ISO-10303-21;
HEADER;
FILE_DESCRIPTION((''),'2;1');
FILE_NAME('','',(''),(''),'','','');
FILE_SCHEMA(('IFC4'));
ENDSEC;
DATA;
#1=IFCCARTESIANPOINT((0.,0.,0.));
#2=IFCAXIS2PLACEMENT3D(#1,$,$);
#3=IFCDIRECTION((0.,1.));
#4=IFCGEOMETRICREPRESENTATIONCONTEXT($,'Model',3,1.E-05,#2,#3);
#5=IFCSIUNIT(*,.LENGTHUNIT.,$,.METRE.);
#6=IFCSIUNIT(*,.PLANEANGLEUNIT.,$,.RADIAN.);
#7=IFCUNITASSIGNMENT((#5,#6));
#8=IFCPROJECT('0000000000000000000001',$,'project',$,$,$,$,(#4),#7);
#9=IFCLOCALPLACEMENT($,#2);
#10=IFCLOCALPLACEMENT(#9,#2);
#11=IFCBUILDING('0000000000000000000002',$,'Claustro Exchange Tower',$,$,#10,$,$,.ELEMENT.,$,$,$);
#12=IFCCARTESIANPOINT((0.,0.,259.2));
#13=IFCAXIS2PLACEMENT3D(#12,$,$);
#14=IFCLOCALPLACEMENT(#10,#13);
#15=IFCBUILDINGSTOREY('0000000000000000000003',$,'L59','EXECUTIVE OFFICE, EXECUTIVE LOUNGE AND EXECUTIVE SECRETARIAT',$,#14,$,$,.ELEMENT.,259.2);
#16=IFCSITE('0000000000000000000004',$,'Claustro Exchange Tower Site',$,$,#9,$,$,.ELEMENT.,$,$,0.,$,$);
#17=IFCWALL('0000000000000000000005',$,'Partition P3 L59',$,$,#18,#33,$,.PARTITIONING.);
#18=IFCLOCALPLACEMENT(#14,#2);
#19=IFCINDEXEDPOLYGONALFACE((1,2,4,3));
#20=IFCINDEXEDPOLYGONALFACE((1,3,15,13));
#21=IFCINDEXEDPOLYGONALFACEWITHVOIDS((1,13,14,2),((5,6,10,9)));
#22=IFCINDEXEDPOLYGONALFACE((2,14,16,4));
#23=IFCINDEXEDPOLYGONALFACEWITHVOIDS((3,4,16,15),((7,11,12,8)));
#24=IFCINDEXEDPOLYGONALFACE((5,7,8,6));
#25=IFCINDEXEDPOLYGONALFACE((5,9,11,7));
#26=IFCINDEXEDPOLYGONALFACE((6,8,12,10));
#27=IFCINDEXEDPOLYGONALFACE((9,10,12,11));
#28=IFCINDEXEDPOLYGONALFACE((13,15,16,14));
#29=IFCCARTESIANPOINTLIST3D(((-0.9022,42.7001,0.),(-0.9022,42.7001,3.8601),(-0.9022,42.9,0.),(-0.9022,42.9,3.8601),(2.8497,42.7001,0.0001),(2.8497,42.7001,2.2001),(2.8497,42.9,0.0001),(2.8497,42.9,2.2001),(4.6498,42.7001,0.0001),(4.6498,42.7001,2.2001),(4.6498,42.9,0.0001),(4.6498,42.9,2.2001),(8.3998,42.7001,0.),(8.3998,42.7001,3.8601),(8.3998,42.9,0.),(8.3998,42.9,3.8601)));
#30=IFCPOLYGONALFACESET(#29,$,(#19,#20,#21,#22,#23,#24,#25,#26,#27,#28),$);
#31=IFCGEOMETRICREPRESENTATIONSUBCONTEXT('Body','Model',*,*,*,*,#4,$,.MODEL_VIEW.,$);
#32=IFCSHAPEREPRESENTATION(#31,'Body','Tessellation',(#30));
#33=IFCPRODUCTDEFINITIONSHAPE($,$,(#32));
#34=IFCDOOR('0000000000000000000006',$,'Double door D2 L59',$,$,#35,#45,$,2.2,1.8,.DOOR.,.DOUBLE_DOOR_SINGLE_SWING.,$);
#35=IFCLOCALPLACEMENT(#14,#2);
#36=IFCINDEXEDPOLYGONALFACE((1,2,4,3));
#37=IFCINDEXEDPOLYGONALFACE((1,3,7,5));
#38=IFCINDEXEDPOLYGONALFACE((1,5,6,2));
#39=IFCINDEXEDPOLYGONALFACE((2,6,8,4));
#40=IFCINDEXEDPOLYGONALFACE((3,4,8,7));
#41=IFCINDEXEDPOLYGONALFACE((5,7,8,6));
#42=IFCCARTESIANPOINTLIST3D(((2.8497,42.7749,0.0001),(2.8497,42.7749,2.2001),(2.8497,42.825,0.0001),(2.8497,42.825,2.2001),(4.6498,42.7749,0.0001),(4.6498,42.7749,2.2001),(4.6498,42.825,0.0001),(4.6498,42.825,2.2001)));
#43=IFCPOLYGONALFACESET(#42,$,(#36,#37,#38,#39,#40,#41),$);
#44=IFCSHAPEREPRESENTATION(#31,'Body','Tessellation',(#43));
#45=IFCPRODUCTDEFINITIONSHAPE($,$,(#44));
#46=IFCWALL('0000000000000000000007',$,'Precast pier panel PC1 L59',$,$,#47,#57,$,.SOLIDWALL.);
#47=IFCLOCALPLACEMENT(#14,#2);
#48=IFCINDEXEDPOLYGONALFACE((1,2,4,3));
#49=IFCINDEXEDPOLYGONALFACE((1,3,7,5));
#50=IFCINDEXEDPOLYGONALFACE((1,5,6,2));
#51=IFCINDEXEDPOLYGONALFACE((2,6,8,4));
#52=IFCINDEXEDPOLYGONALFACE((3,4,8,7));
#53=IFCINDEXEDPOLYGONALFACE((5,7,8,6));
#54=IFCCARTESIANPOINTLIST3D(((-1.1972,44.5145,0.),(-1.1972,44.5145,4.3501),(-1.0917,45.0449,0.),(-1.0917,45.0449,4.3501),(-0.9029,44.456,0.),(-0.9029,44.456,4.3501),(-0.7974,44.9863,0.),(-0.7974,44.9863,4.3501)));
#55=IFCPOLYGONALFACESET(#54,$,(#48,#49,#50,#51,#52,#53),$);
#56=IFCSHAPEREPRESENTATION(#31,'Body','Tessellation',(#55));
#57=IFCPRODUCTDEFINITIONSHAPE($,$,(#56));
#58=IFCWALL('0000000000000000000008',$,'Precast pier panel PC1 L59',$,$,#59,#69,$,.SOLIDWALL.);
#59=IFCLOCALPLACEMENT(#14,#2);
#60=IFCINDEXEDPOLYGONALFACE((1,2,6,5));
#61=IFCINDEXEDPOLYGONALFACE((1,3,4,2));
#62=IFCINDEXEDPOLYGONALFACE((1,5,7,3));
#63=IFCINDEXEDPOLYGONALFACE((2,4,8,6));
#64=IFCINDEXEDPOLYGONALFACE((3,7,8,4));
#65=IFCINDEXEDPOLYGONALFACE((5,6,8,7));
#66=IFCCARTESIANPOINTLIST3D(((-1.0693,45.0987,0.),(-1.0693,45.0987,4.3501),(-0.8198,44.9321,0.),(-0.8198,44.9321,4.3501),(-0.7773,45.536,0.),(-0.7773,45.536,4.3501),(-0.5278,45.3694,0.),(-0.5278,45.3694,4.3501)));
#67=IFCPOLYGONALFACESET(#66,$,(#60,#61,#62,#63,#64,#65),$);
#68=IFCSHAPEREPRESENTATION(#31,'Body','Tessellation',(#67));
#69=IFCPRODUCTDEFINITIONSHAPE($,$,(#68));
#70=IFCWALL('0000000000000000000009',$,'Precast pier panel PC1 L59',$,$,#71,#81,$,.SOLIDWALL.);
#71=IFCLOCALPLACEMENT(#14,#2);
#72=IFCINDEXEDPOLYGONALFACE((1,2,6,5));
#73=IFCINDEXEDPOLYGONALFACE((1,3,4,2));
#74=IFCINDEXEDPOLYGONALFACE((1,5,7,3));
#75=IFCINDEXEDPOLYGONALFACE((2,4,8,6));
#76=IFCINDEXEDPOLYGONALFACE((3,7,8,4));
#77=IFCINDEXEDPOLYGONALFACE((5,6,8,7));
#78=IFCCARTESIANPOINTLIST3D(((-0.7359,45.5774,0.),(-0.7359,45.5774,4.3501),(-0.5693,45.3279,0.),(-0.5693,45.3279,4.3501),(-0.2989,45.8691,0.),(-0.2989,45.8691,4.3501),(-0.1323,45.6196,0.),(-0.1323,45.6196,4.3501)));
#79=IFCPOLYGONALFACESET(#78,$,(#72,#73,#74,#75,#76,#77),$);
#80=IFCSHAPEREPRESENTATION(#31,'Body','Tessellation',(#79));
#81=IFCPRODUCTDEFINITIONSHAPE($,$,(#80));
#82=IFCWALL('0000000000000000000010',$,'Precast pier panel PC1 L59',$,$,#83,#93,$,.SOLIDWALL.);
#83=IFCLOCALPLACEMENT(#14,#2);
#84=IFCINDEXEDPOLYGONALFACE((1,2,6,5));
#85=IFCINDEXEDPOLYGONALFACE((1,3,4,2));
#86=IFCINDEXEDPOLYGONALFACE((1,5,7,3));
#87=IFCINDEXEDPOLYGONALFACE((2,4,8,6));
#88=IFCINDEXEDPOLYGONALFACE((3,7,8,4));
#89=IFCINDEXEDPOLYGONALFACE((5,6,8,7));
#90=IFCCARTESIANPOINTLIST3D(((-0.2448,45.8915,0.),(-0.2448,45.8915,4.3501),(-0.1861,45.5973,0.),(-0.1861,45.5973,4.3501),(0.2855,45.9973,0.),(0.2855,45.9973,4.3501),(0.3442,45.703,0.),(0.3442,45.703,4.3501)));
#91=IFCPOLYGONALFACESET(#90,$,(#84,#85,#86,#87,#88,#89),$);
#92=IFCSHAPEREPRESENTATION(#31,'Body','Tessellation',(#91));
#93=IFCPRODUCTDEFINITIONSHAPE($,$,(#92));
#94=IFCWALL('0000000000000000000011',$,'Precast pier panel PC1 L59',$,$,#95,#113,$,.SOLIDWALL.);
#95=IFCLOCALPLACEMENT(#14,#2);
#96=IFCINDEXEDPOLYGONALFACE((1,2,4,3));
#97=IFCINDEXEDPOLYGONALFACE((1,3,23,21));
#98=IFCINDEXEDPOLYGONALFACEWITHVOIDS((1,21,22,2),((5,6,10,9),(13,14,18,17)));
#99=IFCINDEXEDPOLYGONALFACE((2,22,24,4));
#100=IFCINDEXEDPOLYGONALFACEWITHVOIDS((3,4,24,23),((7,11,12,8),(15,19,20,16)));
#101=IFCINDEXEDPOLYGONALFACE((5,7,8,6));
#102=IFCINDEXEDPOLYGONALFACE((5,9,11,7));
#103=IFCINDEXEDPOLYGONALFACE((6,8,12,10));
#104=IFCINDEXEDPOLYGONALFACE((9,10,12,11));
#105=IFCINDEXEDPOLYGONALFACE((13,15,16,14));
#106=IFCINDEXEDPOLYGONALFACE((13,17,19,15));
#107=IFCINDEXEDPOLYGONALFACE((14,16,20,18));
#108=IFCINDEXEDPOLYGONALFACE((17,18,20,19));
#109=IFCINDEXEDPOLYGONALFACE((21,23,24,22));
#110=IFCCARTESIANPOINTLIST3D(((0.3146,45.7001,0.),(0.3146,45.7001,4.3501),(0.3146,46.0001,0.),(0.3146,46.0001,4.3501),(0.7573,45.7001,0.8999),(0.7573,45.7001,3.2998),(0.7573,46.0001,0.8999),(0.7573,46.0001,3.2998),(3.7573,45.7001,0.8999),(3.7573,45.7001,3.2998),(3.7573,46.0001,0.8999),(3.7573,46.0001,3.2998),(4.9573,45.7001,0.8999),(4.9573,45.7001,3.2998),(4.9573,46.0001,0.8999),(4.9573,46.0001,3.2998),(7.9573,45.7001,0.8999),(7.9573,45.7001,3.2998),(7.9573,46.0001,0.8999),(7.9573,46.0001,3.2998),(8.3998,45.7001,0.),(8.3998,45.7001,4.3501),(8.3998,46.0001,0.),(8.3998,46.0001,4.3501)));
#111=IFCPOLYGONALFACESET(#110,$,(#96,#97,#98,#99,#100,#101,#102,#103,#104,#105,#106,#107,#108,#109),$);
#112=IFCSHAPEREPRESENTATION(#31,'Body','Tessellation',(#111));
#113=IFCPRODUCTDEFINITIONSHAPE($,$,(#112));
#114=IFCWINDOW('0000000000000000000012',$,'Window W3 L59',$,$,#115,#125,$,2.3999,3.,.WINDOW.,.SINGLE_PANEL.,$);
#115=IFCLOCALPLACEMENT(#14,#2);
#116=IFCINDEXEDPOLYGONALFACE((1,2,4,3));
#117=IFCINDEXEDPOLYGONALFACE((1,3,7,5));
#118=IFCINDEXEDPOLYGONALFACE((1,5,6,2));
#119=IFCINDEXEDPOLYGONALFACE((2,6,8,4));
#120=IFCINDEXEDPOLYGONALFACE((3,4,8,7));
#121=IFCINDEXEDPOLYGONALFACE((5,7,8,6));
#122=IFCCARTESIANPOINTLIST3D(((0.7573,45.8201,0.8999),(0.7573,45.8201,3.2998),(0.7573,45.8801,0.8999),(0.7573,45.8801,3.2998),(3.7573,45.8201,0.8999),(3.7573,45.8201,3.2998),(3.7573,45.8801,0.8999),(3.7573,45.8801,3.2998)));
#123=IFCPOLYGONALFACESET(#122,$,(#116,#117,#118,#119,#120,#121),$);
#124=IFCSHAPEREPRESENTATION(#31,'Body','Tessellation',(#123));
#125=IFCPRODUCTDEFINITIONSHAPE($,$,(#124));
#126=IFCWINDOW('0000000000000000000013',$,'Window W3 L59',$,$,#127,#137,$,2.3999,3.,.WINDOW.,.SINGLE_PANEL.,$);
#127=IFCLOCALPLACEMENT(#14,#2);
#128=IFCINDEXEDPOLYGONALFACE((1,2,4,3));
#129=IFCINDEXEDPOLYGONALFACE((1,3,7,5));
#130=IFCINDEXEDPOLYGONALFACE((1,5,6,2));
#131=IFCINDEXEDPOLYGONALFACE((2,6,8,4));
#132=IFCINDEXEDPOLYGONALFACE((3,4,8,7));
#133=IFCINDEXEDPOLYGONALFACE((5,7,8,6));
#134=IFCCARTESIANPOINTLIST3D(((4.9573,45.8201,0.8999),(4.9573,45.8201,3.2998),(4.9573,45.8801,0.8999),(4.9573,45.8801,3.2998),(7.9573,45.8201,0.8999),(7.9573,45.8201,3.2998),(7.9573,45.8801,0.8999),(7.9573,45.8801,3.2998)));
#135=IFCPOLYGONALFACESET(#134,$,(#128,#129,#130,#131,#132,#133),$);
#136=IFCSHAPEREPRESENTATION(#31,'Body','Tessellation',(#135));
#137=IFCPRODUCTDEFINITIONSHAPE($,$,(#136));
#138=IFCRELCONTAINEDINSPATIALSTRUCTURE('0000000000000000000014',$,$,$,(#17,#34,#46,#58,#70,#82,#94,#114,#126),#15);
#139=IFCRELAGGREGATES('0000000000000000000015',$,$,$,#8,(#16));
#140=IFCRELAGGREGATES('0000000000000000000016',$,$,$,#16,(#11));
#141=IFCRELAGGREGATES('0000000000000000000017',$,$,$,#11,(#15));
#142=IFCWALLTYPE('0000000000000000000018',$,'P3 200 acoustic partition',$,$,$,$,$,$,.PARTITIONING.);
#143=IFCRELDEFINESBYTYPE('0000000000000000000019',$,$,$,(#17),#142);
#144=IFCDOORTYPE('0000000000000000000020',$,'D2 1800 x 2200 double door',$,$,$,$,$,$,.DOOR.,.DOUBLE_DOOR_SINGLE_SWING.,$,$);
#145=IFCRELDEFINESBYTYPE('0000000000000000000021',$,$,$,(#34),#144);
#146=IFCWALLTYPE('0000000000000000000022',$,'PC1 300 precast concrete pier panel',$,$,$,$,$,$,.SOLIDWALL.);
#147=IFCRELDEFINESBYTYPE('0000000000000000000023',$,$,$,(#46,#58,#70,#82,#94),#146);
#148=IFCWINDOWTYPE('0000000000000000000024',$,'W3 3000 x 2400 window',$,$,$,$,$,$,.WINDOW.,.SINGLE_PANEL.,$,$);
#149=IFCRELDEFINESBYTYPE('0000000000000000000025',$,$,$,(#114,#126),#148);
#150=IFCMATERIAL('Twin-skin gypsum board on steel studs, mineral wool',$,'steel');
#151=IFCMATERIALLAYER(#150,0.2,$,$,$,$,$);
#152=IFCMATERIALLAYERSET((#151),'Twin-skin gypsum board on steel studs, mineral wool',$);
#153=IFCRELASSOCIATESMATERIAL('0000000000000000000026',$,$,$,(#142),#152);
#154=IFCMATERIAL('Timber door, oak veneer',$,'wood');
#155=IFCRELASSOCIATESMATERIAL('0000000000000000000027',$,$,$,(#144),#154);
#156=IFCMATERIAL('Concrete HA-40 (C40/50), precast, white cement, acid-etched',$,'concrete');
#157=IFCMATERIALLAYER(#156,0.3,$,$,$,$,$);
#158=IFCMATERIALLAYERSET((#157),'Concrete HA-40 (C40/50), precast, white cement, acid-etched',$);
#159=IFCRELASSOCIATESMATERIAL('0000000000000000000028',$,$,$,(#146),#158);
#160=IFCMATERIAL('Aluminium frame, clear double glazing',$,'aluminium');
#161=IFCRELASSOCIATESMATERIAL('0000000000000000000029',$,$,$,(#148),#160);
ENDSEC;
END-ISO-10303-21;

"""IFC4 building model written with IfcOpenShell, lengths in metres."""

from ifc_helpers import new_model, si_unit, direction, frame, frame_2d, origin, place, context, subcontext, project, spatial, rectangle, extrude, material, layer, layer_set, type_object, element, fill, save


model = new_model("IFC4")

# Units and contexts
model_context = context("Model", 3, precision=1e-05, world=origin(), true_north=direction((0.0, 1.0)))
body_context = subcontext(model_context, "Body", "Model", "MODEL_VIEW")
ifc_project = project(units=[si_unit("LENGTHUNIT", "METRE"), si_unit("PLANEANGLEUNIT", "RADIAN")], contexts=[model_context])

# Site, building, storey
site_placement = place(None, origin())
site = spatial("IfcSite", under=ifc_project, at=site_placement, Name="Claustro Exchange Tower Site", CompositionType="ELEMENT", RefElevation=0.0)
building_placement = place(site_placement, origin())
building = spatial("IfcBuilding", under=site, at=building_placement, Name="Claustro Exchange Tower", CompositionType="ELEMENT")
storey_placement = place(building_placement, frame((0.0, 0.0, 259.2)))
storey = spatial("IfcBuildingStorey", under=building, at=storey_placement, Name="L59", Description="EXECUTIVE OFFICE, EXECUTIVE LOUNGE AND EXECUTIVE SECRETARIAT", CompositionType="ELEMENT", Elevation=259.2)

# Wall, opening, door
ifc_material_1 = material(Name="Twin-skin gypsum board on steel studs, mineral wool", Category="steel")
ifc_layer_1 = layer(ifc_material_1, 0.2)
ifc_layer_set_1 = layer_set([ifc_layer_1], Name="Twin-skin gypsum board on steel studs, mineral wool")
wall_type_1 = type_object("IfcWallType", Name="P3 200 acoustic partition", PredefinedType="PARTITIONING", material=ifc_layer_set_1)
wall_1_placement = place(storey_placement, frame((-0.9021, 42.8, 0.0), z_axis=(0.0, 0.0, 1.0), x_axis=(1.0, 0.0, 0.0)))
wall_1 = element("IfcWall", 1, at=wall_1_placement, inside=storey, type_object=wall_type_1, Name="Partition P3 L59", PredefinedType="PARTITIONING", context=body_context, shape_type="SweptSolid", body=[
    extrude(rectangle(XDim=9.302, YDim=0.2, at=frame_2d((4.6509, 0.0))), origin(), (0.0, 0.0, 1.0), 3.8601),
])
opening_1_placement = place(wall_1_placement, frame((3.752, 0.0, 0.0)))
opening_1 = element("IfcOpeningElement", 2, at=opening_1_placement, cuts=wall_1, PredefinedType="OPENING", context=body_context, shape_type="SweptSolid", body=[
    extrude(rectangle(XDim=1.8, YDim=2.2, at=frame_2d((0.8999, 1.1001))), frame((0.0, 0.1099, 0.0), z_axis=(0.0, -1.0, 0.0), x_axis=(1.0, 0.0, 0.0)), (0.0, 0.0, 1.0), 0.22),
])
ifc_material_2 = material(Name="Timber door, oak veneer", Category="wood")
door_type = type_object("IfcDoorType", Name="D2 1800 x 2200 double door", OperationType="DOUBLE_DOOR_SINGLE_SWING", PredefinedType="DOOR", material=ifc_material_2)
door_placement = place(opening_1_placement, origin())
door = element("IfcDoor", 3, at=door_placement, inside=storey, type_object=door_type, Name="Double door D2 L59", OperationType="DOUBLE_DOOR_SINGLE_SWING", OverallHeight=2.2, OverallWidth=1.8, PredefinedType="DOOR", context=body_context, shape_type="SweptSolid", body=[
    extrude(rectangle(XDim=1.8, YDim=2.2, at=frame_2d((0.8999, 1.1001))), frame((0.0, 0.0249, 0.0), z_axis=(0.0, -1.0, 0.0), x_axis=(1.0, 0.0, 0.0)), (0.0, 0.0, 1.0), 0.05),
])
fill(opening_1, door)

# Walls
ifc_material_3 = material(Name="Concrete HA-40 (C40/50), precast, white cement, acid-etched", Category="concrete")
ifc_layer_2 = layer(ifc_material_3, 0.3)
ifc_layer_set_2 = layer_set([ifc_layer_2], Name="Concrete HA-40 (C40/50), precast, white cement, acid-etched")
wall_type_2 = type_object("IfcWallType", Name="PC1 300 precast concrete pier panel", PredefinedType="SOLIDWALL", material=ifc_layer_set_2)
wall_2_placement = place(storey_placement, frame((-1.05, 44.4851, 0.0), z_axis=(0.0, 0.0, 1.0), x_axis=(0.195074, 0.980789, 0.0)))
element("IfcWall", 4, at=wall_2_placement, inside=storey, type_object=wall_type_2, Name="Precast pier panel PC1 L59", PredefinedType="SOLIDWALL", context=body_context, shape_type="SweptSolid", body=[
    extrude(rectangle(XDim=0.5408, YDim=0.3, at=frame_2d((0.2705, 0.0))), origin(), (0.0, 0.0, 1.0), 4.3501),
])
wall_3_placement = place(storey_placement, frame((-0.9446, 45.0154, 0.0), z_axis=(0.0, 0.0, 1.0), x_axis=(0.555343, 0.831621, 0.0)))
element("IfcWall", 5, at=wall_3_placement, inside=storey, type_object=wall_type_2, Name="Precast pier panel PC1 L59", PredefinedType="SOLIDWALL", context=body_context, shape_type="SweptSolid", body=[
    extrude(rectangle(XDim=0.5259, YDim=0.3, at=frame_2d((0.2629, 0.0))), origin(), (0.0, 0.0, 1.0), 4.3501),
])
wall_4_placement = place(storey_placement, frame((-0.6526, 45.4526, 0.0), z_axis=(0.0, 0.0, 1.0), x_axis=(0.831693, 0.555236, 0.0)))
element("IfcWall", 6, at=wall_4_placement, inside=storey, type_object=wall_type_2, Name="Precast pier panel PC1 L59", PredefinedType="SOLIDWALL", context=body_context, shape_type="SweptSolid", body=[
    extrude(rectangle(XDim=0.5254, YDim=0.3, at=frame_2d((0.2627, 0.0))), origin(), (0.0, 0.0, 1.0), 4.3501),
])
wall_5_placement = place(storey_placement, frame((-0.2156, 45.7444, 0.0), z_axis=(0.0, 0.0, 1.0), x_axis=(0.980702, 0.195508, 0.0)))
element("IfcWall", 7, at=wall_5_placement, inside=storey, type_object=wall_type_2, Name="Precast pier panel PC1 L59", PredefinedType="SOLIDWALL", context=body_context, shape_type="SweptSolid", body=[
    extrude(rectangle(XDim=0.5408, YDim=0.3, at=frame_2d((0.2705, 0.0))), origin(), (0.0, 0.0, 1.0), 4.3501),
])

# Wall, openings, windows
wall_6_placement = place(storey_placement, frame((0.3147, 45.8501, 0.0), z_axis=(0.0, 0.0, 1.0), x_axis=(1.0, 0.0, 0.0)))
wall_6 = element("IfcWall", 8, at=wall_6_placement, inside=storey, type_object=wall_type_2, Name="Precast pier panel PC1 L59", PredefinedType="SOLIDWALL", context=body_context, shape_type="SweptSolid", body=[
    extrude(rectangle(XDim=8.0852, YDim=0.3, at=frame_2d((4.0425, 0.0))), origin(), (0.0, 0.0, 1.0), 4.3501),
])
opening_2_placement = place(wall_6_placement, frame((0.4426, 0.0, 0.8999)))
opening_2 = element("IfcOpeningElement", 9, at=opening_2_placement, cuts=wall_6, PredefinedType="OPENING", context=body_context, shape_type="SweptSolid", body=[
    extrude(rectangle(XDim=3.0, YDim=2.3999, at=frame_2d((1.5, 1.2))), frame((0.0, 0.1599, 0.0), z_axis=(0.0, -1.0, 0.0), x_axis=(1.0, 0.0, 0.0)), (0.0, 0.0, 1.0), 0.3201),
])
opening_3_placement = place(wall_6_placement, frame((4.6426, 0.0, 0.8999)))
opening_3 = element("IfcOpeningElement", 10, at=opening_3_placement, cuts=wall_6, PredefinedType="OPENING", context=body_context, shape_type="SweptSolid", body=[
    extrude(rectangle(XDim=3.0, YDim=2.3999, at=frame_2d((1.5, 1.2))), frame((0.0, 0.1599, 0.0), z_axis=(0.0, -1.0, 0.0), x_axis=(1.0, 0.0, 0.0)), (0.0, 0.0, 1.0), 0.3201),
])
ifc_material_4 = material(Name="Aluminium frame, clear double glazing", Category="aluminium")
window_type = type_object("IfcWindowType", Name="W3 3000 x 2400 window", PartitioningType="SINGLE_PANEL", PredefinedType="WINDOW", material=ifc_material_4)
window_1_placement = place(opening_2_placement, origin())
window_1 = element("IfcWindow", 11, at=window_1_placement, inside=storey, type_object=window_type, Name="Window W3 L59", OverallHeight=2.3999, OverallWidth=3.0, PartitioningType="SINGLE_PANEL", PredefinedType="WINDOW", context=body_context, shape_type="SweptSolid", body=[
    extrude(rectangle(XDim=3.0, YDim=2.3999, at=frame_2d((1.5, 1.2))), frame((0.0, 0.03, 0.0), z_axis=(0.0, -1.0, 0.0), x_axis=(1.0, 0.0, 0.0)), (0.0, 0.0, 1.0), 0.0601),
])
fill(opening_2, window_1)
window_2_placement = place(opening_3_placement, origin())
window_2 = element("IfcWindow", 12, at=window_2_placement, inside=storey, type_object=window_type, Name="Window W3 L59", OverallHeight=2.3999, OverallWidth=3.0, PartitioningType="SINGLE_PANEL", PredefinedType="WINDOW", context=body_context, shape_type="SweptSolid", body=[
    extrude(rectangle(XDim=3.0, YDim=2.3999, at=frame_2d((1.5, 1.2))), frame((0.0, 0.03, 0.0), z_axis=(0.0, -1.0, 0.0), x_axis=(1.0, 0.0, 0.0)), (0.0, 0.0, 1.0), 0.0601),
])
fill(opening_3, window_2)

save(model, "model.ifc")
